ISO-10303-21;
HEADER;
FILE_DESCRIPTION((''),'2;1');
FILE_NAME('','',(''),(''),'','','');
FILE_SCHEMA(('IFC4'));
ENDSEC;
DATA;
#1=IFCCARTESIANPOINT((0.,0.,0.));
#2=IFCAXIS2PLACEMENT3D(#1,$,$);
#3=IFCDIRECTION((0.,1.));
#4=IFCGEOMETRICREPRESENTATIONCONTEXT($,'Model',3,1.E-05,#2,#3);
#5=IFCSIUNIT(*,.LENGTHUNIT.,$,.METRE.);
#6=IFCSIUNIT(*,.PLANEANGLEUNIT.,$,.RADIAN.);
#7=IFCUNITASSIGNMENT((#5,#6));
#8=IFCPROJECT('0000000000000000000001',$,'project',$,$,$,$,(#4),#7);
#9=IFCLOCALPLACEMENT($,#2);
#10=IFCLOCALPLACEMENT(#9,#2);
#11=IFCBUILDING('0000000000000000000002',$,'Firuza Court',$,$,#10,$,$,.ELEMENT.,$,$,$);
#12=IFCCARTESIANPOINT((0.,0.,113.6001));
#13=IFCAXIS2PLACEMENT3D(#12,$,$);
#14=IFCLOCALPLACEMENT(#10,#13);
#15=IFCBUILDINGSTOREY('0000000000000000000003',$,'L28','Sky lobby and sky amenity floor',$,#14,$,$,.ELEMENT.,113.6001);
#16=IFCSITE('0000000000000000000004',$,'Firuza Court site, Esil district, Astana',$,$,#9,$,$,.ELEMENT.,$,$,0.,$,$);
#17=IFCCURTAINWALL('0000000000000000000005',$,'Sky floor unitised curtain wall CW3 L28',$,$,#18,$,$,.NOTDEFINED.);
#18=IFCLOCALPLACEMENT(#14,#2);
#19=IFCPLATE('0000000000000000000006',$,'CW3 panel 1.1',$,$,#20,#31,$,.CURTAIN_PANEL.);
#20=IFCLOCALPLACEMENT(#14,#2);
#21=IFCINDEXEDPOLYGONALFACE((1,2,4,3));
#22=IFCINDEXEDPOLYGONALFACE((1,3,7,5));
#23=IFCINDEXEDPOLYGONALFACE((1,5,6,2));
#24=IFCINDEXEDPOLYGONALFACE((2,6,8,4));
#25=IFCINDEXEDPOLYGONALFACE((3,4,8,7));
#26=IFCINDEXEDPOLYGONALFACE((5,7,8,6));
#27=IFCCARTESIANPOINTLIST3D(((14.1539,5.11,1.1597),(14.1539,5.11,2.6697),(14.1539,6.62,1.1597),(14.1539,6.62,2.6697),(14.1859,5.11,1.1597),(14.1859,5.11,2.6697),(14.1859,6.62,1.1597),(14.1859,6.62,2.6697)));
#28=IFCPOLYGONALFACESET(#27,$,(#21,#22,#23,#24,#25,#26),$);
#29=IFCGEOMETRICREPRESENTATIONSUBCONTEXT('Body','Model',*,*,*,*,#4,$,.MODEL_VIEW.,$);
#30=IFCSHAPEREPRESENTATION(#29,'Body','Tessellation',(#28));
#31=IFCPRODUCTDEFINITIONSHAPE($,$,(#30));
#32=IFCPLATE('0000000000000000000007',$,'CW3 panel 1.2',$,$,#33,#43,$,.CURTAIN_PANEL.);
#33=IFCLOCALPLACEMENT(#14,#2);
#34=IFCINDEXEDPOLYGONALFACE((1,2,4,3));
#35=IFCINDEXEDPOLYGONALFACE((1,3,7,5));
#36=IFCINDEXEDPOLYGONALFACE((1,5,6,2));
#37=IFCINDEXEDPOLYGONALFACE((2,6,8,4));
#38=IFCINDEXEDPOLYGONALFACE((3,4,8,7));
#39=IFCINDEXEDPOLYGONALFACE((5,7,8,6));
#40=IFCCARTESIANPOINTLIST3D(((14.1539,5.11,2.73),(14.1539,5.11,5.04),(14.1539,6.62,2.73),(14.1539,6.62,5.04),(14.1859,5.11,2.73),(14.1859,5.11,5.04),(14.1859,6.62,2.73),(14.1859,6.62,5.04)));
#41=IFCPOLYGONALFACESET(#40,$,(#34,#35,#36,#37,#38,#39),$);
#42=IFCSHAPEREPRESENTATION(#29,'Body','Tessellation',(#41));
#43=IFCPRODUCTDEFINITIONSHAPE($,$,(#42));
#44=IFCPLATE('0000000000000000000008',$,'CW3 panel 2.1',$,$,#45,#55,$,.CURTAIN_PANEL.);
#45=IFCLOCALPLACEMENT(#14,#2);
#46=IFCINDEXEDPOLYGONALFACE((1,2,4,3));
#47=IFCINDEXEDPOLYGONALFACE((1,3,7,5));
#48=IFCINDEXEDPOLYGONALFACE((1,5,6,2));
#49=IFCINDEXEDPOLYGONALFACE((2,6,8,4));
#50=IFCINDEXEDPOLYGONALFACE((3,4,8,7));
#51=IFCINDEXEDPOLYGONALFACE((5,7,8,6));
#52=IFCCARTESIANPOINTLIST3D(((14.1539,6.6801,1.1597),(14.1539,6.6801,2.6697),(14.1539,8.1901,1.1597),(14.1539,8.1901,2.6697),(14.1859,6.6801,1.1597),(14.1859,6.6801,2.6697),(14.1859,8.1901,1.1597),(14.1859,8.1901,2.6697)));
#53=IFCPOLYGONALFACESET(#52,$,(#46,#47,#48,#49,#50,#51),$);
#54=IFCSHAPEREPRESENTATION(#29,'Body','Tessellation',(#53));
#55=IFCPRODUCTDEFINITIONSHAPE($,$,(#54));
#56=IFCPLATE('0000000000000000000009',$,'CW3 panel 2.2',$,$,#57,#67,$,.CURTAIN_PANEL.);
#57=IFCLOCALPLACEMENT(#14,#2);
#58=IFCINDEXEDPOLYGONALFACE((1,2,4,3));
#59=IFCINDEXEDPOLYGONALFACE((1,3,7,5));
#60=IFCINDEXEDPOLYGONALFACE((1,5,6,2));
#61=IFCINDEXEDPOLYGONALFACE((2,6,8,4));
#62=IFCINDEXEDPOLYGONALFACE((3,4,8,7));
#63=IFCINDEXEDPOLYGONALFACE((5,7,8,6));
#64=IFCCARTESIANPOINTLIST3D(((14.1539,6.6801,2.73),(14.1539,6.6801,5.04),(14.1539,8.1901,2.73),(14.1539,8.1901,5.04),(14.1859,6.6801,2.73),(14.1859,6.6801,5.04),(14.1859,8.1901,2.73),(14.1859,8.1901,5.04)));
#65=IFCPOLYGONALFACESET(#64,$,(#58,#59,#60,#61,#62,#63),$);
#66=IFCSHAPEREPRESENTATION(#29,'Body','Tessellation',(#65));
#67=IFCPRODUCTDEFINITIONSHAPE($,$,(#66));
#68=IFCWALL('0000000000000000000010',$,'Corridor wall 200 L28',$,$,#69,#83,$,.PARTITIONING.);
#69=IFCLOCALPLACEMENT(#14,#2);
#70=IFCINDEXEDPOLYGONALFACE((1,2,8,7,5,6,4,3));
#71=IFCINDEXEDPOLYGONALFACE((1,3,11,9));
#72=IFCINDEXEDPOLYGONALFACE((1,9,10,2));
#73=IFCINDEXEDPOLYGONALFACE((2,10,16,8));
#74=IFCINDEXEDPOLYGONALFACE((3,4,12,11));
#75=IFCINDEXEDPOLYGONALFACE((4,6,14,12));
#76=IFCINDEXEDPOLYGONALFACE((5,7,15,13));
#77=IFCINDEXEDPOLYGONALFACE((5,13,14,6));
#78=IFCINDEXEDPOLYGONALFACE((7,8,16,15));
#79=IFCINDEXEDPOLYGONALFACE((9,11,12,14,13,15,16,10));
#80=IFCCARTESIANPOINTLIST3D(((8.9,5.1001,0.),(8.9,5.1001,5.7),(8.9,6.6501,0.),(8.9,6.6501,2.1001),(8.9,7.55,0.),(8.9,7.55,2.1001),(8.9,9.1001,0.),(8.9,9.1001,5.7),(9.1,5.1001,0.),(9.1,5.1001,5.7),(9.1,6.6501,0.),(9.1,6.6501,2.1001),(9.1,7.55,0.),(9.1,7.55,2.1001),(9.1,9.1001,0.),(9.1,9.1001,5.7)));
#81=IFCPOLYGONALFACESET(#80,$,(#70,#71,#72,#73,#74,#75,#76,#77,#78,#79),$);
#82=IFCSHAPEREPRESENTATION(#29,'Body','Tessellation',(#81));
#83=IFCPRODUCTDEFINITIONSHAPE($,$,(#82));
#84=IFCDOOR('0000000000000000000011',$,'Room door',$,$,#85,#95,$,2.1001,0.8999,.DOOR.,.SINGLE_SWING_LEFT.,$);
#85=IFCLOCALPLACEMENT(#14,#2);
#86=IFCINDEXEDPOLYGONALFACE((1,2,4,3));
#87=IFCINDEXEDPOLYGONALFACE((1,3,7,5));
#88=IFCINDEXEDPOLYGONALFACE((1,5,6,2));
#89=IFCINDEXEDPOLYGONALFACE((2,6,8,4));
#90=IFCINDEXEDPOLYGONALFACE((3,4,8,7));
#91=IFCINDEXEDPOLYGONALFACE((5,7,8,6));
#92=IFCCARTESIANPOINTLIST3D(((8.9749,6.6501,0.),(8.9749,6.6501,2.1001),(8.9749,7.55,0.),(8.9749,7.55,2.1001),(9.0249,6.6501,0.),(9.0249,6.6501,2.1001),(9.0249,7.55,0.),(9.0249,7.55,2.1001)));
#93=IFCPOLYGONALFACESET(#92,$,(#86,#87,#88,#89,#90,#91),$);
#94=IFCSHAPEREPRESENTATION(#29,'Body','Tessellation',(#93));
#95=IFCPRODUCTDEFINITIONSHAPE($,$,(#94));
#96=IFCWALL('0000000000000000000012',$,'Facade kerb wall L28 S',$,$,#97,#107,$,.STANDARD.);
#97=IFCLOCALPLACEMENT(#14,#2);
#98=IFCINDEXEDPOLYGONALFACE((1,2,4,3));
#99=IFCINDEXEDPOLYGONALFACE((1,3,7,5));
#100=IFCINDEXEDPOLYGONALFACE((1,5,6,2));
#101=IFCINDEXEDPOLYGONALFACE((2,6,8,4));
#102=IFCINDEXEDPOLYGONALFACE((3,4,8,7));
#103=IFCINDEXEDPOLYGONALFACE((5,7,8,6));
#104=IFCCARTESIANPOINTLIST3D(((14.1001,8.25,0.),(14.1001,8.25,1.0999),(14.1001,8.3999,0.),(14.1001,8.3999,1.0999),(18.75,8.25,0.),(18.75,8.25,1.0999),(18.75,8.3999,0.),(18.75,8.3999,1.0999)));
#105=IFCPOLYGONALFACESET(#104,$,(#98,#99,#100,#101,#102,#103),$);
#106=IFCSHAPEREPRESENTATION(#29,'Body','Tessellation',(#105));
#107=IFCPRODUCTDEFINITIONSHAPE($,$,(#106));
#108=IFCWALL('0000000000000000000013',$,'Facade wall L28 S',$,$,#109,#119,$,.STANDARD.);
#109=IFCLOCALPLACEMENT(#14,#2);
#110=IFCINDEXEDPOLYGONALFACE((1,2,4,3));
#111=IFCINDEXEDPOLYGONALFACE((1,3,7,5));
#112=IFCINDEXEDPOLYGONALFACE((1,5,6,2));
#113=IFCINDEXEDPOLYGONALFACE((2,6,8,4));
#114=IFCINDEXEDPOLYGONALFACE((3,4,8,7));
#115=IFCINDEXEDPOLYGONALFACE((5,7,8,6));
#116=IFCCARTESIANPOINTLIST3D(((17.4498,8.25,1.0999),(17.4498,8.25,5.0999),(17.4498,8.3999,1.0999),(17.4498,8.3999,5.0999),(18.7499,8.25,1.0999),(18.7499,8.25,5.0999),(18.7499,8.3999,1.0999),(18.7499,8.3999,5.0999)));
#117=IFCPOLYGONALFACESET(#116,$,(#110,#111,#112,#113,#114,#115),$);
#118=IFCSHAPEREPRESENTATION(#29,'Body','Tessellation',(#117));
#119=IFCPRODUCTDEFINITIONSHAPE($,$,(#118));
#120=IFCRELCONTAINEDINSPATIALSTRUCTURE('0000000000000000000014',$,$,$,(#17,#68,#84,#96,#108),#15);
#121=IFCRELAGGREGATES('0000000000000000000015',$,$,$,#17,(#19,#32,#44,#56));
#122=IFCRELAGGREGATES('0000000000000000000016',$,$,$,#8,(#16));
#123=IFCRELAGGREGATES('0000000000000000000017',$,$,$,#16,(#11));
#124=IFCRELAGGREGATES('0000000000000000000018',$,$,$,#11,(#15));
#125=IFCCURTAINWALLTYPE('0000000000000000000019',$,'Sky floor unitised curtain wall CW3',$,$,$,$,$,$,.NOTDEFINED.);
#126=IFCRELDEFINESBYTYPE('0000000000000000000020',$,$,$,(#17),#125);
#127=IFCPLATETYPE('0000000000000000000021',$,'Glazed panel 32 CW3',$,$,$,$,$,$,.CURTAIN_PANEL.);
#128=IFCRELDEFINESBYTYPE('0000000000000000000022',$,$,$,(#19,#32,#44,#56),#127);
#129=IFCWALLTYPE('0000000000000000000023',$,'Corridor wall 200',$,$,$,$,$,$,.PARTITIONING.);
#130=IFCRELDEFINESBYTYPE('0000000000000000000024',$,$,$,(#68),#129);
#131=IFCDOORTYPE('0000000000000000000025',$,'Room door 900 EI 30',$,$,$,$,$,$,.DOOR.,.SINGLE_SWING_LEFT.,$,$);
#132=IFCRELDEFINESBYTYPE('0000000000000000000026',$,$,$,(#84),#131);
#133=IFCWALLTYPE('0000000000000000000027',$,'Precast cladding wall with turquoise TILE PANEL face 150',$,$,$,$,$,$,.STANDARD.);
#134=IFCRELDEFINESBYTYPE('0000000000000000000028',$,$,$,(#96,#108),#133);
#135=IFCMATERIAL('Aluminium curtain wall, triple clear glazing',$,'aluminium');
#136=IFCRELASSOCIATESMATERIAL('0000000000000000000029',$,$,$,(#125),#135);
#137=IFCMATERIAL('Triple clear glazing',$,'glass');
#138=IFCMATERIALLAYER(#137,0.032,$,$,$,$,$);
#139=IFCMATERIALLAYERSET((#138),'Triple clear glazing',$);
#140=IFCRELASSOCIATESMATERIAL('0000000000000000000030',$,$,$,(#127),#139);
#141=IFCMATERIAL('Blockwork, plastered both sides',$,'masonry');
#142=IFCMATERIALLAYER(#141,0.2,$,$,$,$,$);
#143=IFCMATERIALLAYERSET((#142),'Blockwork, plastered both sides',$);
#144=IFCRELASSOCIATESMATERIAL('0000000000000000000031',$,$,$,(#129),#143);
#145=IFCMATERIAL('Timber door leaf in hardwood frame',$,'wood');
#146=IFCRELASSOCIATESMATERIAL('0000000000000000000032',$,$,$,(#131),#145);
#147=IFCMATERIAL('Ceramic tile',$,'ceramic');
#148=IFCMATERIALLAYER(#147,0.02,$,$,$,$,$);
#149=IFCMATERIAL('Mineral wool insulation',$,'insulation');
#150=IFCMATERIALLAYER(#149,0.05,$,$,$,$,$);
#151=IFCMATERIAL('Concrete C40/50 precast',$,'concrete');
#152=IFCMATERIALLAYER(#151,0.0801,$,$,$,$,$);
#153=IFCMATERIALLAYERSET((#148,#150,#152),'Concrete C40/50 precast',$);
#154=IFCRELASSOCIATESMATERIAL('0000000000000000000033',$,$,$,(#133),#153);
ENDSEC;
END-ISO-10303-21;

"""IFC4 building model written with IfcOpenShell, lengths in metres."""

from ifc_helpers import new_model, si_unit, direction, frame, frame_2d, origin, origin_2d, place, context, subcontext, project, spatial, rectangle, extrude, material, layer, layer_set, type_object, element, fill, aggregate, save


model = new_model("IFC4")

# Units and contexts
model_context = context("Model", 3, precision=1e-05, world=origin(), true_north=direction((0.0, 1.0)))
body_context = subcontext(model_context, "Body", "Model", "MODEL_VIEW")
ifc_project = project(units=[si_unit("LENGTHUNIT", "METRE"), si_unit("PLANEANGLEUNIT", "RADIAN")], contexts=[model_context])

# Site, building, storey
site_placement = place(None, origin())
site = spatial("IfcSite", under=ifc_project, at=site_placement, Name="Firuza Court site, Esil district, Astana", CompositionType="ELEMENT", RefElevation=0.0)
building_placement = place(site_placement, origin())
building = spatial("IfcBuilding", under=site, at=building_placement, Name="Firuza Court", CompositionType="ELEMENT")
storey_placement = place(building_placement, frame((0.0, 0.0, 113.6001)))
storey = spatial("IfcBuildingStorey", under=building, at=storey_placement, Name="L28", Description="Sky lobby and sky amenity floor", CompositionType="ELEMENT", Elevation=113.6001)

# Curtain wall
ifc_material_1 = material(Name="Aluminium curtain wall, triple clear glazing", Category="aluminium")
curtain_wall_type = type_object("IfcCurtainWallType", Name="Sky floor unitised curtain wall CW3", PredefinedType="NOTDEFINED", material=ifc_material_1)
curtain_wall_1_placement = place(storey_placement, origin())
curtain_wall_1 = element("IfcCurtainWall", 1, at=curtain_wall_1_placement, inside=storey, type_object=curtain_wall_type, Name="Sky floor unitised curtain wall CW3 L28", PredefinedType="NOTDEFINED")

# Plates
ifc_material_2 = material(Name="Triple clear glazing", Category="glass")
ifc_layer_1 = layer(ifc_material_2, 0.032)
ifc_layer_set_1 = layer_set([ifc_layer_1], Name="Triple clear glazing")
plate_type = type_object("IfcPlateType", Name="Glazed panel 32 CW3", PredefinedType="CURTAIN_PANEL", material=ifc_layer_set_1)
plate_1_placement = place(storey_placement, frame((14.1699, 5.865, 1.1597), z_axis=(0.0, 0.0, 1.0), x_axis=(0.0, 1.0, 0.0)))
plate_1 = element("IfcPlate", 2, at=plate_1_placement, type_object=plate_type, Name="CW3 panel 1.1", PredefinedType="CURTAIN_PANEL", context=body_context, shape_type="SweptSolid", body=[
    extrude(rectangle(XDim=1.51, YDim=0.032, at=origin_2d()), origin(), (0.0, 0.0, 1.0), 1.51),
])
plate_2_placement = place(storey_placement, frame((14.1699, 5.865, 2.73), z_axis=(0.0, 0.0, 1.0), x_axis=(0.0, 1.0, 0.0)))
plate_2 = element("IfcPlate", 3, at=plate_2_placement, type_object=plate_type, Name="CW3 panel 1.2", PredefinedType="CURTAIN_PANEL", context=body_context, shape_type="SweptSolid", body=[
    extrude(rectangle(XDim=1.51, YDim=0.032, at=origin_2d()), origin(), (0.0, 0.0, 1.0), 2.3101),
])
plate_3_placement = place(storey_placement, frame((14.1699, 7.4351, 1.1597), z_axis=(0.0, 0.0, 1.0), x_axis=(0.0, 1.0, 0.0)))
plate_3 = element("IfcPlate", 4, at=plate_3_placement, type_object=plate_type, Name="CW3 panel 2.1", PredefinedType="CURTAIN_PANEL", context=body_context, shape_type="SweptSolid", body=[
    extrude(rectangle(XDim=1.51, YDim=0.032, at=origin_2d()), origin(), (0.0, 0.0, 1.0), 1.51),
])
plate_4_placement = place(storey_placement, frame((14.1699, 7.4351, 2.73), z_axis=(0.0, 0.0, 1.0), x_axis=(0.0, 1.0, 0.0)))
plate_4 = element("IfcPlate", 5, at=plate_4_placement, type_object=plate_type, Name="CW3 panel 2.2", PredefinedType="CURTAIN_PANEL", context=body_context, shape_type="SweptSolid", body=[
    extrude(rectangle(XDim=1.51, YDim=0.032, at=origin_2d()), origin(), (0.0, 0.0, 1.0), 2.3101),
])
aggregate(curtain_wall_1, [plate_1, plate_2, plate_3, plate_4])

# Wall, opening, door
ifc_material_3 = material(Name="Blockwork, plastered both sides", Category="masonry")
ifc_layer_2 = layer(ifc_material_3, 0.2)
ifc_layer_set_2 = layer_set([ifc_layer_2], Name="Blockwork, plastered both sides")
wall_type_1 = type_object("IfcWallType", Name="Corridor wall 200", PredefinedType="PARTITIONING", material=ifc_layer_set_2)
wall_1_placement = place(storey_placement, frame((9.0, 5.1001, 0.0), z_axis=(0.0, 0.0, 1.0), x_axis=(0.0, 1.0, 0.0)))
wall_1 = element("IfcWall", 6, at=wall_1_placement, inside=storey, type_object=wall_type_1, Name="Corridor wall 200 L28", PredefinedType="PARTITIONING", context=body_context, shape_type="SweptSolid", body=[
    extrude(rectangle(XDim=4.0, YDim=0.2, at=frame_2d((2.0, 0.0))), origin(), (0.0, 0.0, 1.0), 5.7),
])
opening_placement = place(wall_1_placement, frame((1.55, 0.0, 0.0)))
opening = element("IfcOpeningElement", 7, at=opening_placement, cuts=wall_1, PredefinedType="OPENING", context=body_context, shape_type="SweptSolid", body=[
    extrude(rectangle(XDim=0.8999, YDim=2.1001, at=frame_2d((0.45, 1.05))), frame((0.0, 0.1118, 0.0), z_axis=(0.0, -1.0, 0.0), x_axis=(1.0, 0.0, 0.0)), (0.0, 0.0, 1.0), 0.2239),
])
ifc_material_4 = material(Name="Timber door leaf in hardwood frame", Category="wood")
door_type = type_object("IfcDoorType", Name="Room door 900 EI 30", OperationType="SINGLE_SWING_LEFT", PredefinedType="DOOR", material=ifc_material_4)
door_placement = place(opening_placement, frame((0.8999, 0.0, 0.0), z_axis=(0.0, 0.0, 1.0), x_axis=(-1.0, 0.0, 0.0)))
door = element("IfcDoor", 8, at=door_placement, inside=storey, type_object=door_type, Name="Room door", OperationType="SINGLE_SWING_LEFT", OverallHeight=2.1001, OverallWidth=0.8999, PredefinedType="DOOR", context=body_context, shape_type="SweptSolid", body=[
    extrude(rectangle(XDim=0.8999, YDim=2.1001, at=frame_2d((0.45, 1.05))), frame((0.0, 0.0249, 0.0), z_axis=(0.0, -1.0, 0.0), x_axis=(1.0, 0.0, 0.0)), (0.0, 0.0, 1.0), 0.05),
])
fill(opening, door)

# Walls
ifc_material_5 = material(Name="Ceramic tile", Category="ceramic")
ifc_layer_3 = layer(ifc_material_5, 0.02)
ifc_material_6 = material(Name="Mineral wool insulation", Category="insulation")
ifc_layer_4 = layer(ifc_material_6, 0.05)
ifc_material_7 = material(Name="Concrete C40/50 precast", Category="concrete")
ifc_layer_5 = layer(ifc_material_7, 0.0801)
ifc_layer_set_3 = layer_set([ifc_layer_3, ifc_layer_4, ifc_layer_5], Name="Concrete C40/50 precast")
wall_type_2 = type_object("IfcWallType", Name="Precast cladding wall with turquoise TILE PANEL face 150", PredefinedType="STANDARD", material=ifc_layer_set_3)
wall_2_placement = place(storey_placement, frame((14.1001, 8.325, 0.0), z_axis=(0.0, 0.0, 1.0), x_axis=(1.0, 0.0, 0.0)))
element("IfcWall", 9, at=wall_2_placement, inside=storey, type_object=wall_type_2, Name="Facade kerb wall L28 S", PredefinedType="STANDARD", context=body_context, shape_type="SweptSolid", body=[
    extrude(rectangle(XDim=4.6499, YDim=0.1499, at=frame_2d((2.325, 0.0))), origin(), (0.0, 0.0, 1.0), 1.0999),
])
wall_3_placement = place(storey_placement, frame((17.45, 8.325, 1.0999), z_axis=(0.0, 0.0, 1.0), x_axis=(1.0, 0.0, 0.0)))
element("IfcWall", 10, at=wall_3_placement, inside=storey, type_object=wall_type_2, Name="Facade wall L28 S", PredefinedType="STANDARD", context=body_context, shape_type="SweptSolid", body=[
    extrude(rectangle(XDim=1.3, YDim=0.1499, at=frame_2d((0.6499, 0.0))), origin(), (0.0, 0.0, 1.0), 4.0),
])

save(model, "model.ifc")
